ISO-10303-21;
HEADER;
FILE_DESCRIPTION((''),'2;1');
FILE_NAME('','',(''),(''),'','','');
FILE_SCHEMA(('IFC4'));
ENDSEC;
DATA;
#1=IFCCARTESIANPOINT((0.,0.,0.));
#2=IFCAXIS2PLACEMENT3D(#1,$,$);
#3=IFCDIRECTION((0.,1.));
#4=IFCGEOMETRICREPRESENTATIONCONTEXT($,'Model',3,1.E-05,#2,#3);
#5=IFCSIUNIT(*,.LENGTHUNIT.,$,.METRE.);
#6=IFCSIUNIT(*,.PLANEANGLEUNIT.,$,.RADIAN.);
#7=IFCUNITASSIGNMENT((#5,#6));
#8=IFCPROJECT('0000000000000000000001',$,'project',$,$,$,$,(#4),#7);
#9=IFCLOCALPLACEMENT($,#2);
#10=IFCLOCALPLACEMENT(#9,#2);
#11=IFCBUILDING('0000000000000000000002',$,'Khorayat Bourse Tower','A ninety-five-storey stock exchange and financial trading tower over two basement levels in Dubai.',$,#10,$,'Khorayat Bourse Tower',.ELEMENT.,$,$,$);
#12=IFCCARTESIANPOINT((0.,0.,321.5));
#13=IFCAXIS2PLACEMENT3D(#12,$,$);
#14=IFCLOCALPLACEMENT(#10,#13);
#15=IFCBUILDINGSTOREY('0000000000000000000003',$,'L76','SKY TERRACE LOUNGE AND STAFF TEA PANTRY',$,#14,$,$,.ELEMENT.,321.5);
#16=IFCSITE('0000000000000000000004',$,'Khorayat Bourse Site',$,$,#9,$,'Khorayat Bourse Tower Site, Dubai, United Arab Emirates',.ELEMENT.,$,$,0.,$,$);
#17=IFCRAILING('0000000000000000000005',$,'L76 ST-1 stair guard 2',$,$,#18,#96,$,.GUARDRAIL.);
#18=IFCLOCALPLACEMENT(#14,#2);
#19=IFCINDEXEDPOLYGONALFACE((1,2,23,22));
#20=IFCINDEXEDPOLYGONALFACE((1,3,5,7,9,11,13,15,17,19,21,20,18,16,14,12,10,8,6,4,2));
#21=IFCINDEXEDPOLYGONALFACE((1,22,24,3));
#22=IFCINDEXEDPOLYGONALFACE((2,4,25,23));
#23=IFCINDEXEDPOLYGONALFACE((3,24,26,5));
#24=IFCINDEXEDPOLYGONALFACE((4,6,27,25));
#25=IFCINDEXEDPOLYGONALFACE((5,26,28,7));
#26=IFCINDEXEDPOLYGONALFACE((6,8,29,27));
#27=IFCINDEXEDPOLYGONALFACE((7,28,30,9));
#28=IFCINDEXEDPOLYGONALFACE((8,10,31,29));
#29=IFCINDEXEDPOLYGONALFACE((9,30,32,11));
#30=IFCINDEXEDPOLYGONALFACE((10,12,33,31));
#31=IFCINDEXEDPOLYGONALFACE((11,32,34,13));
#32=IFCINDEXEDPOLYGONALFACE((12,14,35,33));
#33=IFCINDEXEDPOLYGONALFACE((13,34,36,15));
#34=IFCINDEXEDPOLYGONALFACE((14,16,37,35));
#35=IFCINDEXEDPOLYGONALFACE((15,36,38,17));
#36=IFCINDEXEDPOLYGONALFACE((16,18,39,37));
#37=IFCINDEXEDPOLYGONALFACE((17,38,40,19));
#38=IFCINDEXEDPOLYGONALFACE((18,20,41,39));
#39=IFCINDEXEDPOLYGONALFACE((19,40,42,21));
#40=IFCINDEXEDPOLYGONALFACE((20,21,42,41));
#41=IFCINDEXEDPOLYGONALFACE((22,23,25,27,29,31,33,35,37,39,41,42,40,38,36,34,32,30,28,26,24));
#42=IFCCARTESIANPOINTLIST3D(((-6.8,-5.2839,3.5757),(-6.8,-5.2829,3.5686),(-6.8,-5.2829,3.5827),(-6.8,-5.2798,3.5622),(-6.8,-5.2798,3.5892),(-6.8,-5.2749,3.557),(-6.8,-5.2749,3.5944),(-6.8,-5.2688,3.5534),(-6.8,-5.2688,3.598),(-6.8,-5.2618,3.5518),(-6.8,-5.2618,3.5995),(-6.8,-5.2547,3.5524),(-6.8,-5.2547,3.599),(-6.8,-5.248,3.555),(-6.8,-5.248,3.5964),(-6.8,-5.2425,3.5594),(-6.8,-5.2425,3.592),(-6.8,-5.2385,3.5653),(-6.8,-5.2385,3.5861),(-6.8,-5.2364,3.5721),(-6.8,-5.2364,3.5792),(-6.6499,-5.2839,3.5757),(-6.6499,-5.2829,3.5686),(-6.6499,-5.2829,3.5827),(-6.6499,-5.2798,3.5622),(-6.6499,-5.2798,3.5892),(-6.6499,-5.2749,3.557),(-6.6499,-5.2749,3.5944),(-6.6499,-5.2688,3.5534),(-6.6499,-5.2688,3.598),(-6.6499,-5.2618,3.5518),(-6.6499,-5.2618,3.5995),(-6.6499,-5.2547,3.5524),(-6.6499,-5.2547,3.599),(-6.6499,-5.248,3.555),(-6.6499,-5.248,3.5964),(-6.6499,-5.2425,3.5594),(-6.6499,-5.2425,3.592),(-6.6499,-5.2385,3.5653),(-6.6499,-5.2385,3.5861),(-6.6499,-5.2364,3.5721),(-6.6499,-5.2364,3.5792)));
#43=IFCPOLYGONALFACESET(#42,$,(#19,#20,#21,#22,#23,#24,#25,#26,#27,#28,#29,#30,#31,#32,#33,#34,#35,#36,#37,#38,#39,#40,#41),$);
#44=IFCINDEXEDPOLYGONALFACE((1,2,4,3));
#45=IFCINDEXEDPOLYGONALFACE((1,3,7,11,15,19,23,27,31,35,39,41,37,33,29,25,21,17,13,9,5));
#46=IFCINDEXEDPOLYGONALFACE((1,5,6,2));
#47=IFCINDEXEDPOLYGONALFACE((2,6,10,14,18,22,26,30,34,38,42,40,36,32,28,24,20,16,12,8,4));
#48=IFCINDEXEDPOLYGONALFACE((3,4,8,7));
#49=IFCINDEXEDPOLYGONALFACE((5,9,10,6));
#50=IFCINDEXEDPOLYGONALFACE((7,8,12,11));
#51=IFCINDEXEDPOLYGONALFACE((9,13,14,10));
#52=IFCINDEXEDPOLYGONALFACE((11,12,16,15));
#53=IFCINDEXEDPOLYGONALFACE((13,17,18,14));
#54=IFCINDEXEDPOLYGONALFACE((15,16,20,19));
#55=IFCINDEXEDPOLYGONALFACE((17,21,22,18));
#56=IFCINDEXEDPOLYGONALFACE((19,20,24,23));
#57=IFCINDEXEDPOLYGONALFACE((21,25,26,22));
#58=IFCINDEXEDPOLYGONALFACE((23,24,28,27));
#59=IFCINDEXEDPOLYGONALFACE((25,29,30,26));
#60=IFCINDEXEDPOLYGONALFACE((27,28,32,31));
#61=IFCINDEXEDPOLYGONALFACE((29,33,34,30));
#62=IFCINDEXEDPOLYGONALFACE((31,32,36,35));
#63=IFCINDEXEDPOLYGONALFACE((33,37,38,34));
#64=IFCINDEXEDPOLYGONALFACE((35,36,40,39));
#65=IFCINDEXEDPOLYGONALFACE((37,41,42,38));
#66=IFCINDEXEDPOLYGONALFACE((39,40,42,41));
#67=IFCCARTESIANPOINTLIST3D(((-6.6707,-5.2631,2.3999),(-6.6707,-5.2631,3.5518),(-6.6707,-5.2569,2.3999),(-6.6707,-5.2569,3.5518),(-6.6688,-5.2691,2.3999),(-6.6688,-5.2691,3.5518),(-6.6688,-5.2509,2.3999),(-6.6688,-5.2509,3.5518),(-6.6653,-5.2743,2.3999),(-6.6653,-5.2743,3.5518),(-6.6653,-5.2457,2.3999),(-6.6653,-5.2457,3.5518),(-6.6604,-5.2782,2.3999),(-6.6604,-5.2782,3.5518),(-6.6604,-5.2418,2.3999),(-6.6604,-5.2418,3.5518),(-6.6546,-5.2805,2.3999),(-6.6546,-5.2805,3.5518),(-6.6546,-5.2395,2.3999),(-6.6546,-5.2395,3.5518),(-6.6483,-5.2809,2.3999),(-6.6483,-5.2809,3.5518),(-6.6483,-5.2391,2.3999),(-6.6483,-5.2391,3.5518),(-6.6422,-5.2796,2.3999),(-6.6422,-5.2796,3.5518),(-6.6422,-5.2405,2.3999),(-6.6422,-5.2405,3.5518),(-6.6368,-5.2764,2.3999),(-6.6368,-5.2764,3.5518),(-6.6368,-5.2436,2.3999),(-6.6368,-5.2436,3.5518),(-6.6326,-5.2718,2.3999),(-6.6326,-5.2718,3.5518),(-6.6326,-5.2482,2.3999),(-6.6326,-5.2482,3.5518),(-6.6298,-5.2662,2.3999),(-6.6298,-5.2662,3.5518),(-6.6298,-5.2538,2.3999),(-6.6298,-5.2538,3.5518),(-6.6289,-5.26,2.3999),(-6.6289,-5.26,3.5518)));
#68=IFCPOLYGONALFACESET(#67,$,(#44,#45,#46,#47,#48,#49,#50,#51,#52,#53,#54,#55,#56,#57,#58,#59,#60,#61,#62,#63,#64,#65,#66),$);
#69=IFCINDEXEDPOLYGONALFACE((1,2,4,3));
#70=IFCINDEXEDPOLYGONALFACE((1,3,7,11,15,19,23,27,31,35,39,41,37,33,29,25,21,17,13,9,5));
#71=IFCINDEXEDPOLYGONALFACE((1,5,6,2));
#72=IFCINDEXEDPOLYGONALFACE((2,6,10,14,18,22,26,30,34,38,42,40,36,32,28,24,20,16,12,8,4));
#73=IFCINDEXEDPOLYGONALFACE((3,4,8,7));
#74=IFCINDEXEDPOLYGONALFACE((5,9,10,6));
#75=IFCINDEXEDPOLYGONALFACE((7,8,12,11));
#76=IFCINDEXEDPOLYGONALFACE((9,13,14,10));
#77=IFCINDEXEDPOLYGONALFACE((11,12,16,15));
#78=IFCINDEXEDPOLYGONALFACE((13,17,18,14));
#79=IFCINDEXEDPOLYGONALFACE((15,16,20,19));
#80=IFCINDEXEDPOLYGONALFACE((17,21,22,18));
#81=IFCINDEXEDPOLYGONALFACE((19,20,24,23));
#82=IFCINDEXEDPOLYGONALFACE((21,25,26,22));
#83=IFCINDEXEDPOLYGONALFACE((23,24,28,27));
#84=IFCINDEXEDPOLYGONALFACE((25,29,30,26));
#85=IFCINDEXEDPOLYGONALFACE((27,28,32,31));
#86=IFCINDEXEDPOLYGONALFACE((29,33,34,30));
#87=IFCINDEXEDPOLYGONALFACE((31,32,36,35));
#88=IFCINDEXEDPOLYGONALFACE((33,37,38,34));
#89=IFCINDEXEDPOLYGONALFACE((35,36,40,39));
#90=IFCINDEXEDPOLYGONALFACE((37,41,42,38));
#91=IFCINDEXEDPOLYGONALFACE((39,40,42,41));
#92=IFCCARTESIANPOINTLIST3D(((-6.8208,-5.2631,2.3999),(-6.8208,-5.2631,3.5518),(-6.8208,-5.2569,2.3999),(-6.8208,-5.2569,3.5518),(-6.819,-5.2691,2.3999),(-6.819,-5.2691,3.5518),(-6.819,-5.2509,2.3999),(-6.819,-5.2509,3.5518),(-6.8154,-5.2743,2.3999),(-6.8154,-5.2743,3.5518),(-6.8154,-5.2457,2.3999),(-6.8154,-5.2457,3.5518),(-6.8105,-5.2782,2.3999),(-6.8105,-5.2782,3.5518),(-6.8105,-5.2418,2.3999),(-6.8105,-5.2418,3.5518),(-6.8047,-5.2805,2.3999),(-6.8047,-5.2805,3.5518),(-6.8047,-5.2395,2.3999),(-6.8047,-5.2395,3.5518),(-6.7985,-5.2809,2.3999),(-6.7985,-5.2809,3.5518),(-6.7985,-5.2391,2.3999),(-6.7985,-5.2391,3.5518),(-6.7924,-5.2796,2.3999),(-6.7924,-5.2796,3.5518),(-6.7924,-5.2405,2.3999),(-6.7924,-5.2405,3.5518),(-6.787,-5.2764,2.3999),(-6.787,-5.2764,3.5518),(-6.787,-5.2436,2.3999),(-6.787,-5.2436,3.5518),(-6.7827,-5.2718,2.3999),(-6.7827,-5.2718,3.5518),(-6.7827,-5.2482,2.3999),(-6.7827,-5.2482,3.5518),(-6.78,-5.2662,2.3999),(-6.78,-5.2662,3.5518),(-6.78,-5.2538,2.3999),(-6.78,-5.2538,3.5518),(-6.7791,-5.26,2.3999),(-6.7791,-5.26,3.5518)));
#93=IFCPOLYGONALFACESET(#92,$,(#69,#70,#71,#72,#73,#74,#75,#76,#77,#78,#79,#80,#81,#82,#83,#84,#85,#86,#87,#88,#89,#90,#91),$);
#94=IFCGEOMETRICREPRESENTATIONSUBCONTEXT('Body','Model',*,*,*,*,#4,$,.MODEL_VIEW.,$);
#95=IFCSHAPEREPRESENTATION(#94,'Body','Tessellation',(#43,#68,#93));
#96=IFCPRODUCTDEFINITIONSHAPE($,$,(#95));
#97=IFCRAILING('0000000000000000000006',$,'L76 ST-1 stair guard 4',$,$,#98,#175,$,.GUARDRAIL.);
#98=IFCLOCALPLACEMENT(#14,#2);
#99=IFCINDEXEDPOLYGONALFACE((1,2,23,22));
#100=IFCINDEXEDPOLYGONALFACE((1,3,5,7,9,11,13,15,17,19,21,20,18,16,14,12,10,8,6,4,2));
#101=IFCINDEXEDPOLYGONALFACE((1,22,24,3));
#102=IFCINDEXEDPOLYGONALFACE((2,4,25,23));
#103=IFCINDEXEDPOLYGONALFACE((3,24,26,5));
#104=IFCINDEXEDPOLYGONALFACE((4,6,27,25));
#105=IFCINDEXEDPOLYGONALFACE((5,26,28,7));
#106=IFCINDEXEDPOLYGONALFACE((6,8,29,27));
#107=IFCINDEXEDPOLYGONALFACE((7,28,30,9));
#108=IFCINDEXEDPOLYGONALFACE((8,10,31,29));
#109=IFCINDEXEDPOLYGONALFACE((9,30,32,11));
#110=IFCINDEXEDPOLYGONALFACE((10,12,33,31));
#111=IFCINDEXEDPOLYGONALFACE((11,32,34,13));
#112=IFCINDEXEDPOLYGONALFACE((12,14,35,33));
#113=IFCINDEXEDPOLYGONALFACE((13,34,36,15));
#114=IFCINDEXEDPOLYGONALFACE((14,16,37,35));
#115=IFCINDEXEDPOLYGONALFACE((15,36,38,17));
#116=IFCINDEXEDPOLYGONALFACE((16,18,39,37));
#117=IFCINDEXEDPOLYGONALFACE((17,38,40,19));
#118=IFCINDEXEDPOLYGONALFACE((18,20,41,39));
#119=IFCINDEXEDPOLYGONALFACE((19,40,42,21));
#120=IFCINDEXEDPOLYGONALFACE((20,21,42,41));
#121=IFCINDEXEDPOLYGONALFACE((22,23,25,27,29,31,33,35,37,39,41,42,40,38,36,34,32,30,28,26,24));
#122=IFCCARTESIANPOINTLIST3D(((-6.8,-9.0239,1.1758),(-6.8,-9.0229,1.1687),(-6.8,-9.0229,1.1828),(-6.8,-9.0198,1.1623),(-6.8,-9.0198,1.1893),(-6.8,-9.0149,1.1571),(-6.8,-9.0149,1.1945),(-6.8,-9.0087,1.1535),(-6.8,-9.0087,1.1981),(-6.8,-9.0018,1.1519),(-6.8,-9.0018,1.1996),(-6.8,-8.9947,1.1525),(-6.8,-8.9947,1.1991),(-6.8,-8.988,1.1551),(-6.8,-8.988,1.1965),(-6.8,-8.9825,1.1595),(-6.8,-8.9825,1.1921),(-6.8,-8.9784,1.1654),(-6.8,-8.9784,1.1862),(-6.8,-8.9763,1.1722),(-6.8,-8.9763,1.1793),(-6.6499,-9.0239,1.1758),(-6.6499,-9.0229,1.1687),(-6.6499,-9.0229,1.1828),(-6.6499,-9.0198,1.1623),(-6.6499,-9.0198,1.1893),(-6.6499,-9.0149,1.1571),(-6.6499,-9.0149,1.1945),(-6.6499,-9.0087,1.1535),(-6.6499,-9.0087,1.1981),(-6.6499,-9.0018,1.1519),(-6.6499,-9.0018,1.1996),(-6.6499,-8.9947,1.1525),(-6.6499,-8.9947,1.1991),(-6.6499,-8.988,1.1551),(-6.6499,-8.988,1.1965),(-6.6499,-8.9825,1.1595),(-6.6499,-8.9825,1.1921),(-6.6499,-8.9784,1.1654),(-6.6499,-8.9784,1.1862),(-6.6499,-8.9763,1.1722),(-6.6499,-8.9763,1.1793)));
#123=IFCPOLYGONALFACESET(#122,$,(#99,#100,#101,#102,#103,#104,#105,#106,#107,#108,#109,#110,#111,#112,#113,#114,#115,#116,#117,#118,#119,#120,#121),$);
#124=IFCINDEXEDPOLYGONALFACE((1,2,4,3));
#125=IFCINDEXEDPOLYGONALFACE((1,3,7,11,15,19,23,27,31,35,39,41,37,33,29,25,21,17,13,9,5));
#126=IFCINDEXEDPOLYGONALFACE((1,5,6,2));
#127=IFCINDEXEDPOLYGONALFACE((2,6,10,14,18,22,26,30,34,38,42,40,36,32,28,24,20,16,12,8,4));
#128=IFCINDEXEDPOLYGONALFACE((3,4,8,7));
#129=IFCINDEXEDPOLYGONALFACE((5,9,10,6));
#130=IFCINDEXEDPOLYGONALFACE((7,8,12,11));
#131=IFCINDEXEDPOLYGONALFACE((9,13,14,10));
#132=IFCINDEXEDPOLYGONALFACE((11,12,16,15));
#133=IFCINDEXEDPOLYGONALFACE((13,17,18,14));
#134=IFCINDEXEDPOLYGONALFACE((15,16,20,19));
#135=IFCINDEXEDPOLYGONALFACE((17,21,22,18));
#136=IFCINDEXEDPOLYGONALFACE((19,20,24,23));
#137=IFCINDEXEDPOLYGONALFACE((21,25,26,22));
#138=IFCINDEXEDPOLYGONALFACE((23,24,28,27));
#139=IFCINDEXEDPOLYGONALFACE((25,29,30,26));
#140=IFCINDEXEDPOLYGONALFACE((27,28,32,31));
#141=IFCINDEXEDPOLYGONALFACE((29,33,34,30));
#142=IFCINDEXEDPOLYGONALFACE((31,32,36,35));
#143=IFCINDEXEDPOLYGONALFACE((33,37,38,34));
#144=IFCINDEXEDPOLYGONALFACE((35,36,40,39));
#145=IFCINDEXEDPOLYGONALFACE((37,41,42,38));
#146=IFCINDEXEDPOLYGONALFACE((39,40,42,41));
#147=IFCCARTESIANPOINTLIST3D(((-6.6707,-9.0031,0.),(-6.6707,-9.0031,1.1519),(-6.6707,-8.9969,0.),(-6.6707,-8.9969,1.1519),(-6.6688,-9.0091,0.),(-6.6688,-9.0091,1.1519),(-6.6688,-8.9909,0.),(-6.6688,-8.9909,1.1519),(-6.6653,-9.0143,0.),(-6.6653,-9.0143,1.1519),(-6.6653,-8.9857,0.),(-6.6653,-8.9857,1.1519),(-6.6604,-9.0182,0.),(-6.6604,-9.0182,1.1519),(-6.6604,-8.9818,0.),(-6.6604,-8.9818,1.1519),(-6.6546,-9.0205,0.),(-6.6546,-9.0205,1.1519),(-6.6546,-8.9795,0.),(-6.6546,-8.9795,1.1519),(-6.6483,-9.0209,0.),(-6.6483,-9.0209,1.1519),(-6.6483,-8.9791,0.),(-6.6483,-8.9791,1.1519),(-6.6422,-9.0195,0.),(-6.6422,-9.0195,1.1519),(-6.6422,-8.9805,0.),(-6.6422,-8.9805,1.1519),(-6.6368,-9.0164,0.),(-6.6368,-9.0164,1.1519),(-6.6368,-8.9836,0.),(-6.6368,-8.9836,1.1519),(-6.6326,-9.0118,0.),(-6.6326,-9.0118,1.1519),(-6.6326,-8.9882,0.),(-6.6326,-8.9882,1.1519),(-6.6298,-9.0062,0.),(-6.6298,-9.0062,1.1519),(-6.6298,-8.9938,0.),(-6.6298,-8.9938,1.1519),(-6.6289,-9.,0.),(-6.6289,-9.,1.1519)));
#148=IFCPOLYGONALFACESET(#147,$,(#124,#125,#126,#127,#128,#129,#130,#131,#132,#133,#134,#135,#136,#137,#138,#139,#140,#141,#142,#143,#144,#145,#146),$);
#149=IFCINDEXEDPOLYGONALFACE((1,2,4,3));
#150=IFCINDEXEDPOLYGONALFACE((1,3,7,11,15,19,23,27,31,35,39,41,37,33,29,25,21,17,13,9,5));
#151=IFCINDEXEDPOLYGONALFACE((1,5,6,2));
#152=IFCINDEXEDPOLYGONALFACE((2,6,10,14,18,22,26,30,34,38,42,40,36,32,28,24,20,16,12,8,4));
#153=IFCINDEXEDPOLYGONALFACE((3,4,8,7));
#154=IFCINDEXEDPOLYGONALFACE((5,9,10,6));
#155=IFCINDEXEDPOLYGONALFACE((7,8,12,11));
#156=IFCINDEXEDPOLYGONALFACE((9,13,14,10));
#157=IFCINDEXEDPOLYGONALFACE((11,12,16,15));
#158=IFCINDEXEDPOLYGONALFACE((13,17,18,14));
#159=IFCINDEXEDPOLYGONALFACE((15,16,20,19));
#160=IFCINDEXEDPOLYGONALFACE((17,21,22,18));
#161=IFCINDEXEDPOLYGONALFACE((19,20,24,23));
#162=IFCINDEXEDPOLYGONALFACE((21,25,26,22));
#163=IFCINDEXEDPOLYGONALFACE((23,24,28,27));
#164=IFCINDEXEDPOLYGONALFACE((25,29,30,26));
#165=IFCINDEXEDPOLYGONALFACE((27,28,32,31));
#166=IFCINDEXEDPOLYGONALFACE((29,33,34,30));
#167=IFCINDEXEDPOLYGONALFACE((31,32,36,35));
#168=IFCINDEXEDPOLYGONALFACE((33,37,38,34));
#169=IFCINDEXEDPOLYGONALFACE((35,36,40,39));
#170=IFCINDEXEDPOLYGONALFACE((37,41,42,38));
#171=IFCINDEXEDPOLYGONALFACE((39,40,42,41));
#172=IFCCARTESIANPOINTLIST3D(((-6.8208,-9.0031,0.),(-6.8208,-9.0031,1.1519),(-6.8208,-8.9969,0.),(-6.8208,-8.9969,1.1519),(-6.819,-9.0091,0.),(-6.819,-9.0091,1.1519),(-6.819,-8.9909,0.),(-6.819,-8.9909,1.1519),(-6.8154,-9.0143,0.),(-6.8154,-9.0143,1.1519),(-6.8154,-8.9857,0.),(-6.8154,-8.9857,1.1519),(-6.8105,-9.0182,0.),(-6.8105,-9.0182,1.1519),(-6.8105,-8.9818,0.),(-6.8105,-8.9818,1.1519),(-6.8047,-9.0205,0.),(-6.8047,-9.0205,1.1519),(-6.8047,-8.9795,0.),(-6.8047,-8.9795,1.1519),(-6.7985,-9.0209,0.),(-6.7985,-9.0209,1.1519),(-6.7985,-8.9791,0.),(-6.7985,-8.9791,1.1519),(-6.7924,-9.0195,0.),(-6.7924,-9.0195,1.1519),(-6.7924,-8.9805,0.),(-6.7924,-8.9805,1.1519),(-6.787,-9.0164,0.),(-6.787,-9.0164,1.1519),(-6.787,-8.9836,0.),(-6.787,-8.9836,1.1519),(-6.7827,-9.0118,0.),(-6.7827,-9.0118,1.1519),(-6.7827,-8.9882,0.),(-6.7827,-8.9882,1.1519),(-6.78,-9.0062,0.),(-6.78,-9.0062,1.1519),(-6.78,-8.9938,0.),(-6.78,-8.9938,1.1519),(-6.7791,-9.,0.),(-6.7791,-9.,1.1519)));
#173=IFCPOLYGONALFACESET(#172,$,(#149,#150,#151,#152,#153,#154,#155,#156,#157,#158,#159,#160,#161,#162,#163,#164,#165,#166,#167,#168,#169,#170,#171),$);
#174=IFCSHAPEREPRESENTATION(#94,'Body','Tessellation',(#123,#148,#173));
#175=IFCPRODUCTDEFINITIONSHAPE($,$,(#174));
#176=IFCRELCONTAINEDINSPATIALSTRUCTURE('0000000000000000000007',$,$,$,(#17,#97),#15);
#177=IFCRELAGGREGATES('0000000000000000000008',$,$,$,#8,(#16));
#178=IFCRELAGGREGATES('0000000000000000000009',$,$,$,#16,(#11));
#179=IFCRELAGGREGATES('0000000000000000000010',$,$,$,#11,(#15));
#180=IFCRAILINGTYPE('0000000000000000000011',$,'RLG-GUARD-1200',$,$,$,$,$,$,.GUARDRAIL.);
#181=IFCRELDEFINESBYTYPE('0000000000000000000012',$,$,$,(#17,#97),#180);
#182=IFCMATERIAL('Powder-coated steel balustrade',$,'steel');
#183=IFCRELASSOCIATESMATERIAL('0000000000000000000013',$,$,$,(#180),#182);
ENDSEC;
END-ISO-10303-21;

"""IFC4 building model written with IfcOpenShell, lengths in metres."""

from ifc_helpers import new_model, si_unit, direction, frame, origin, origin_2d, place, context, subcontext, project, spatial, circle, extrude, source, transform, mapped, material, type_object, element, save


model = new_model("IFC4")

# Units and contexts
model_context = context("Model", 3, precision=1e-05, world=origin(), true_north=direction((0.0, 1.0)))
body_context = subcontext(model_context, "Body", "Model", "MODEL_VIEW")
ifc_project = project(units=[si_unit("LENGTHUNIT", "METRE"), si_unit("PLANEANGLEUNIT", "RADIAN")], contexts=[model_context])

# Site, building, storey
site_placement = place(None, origin())
site = spatial("IfcSite", under=ifc_project, at=site_placement, Name="Khorayat Bourse Site", LongName="Khorayat Bourse Tower Site, Dubai, United Arab Emirates", CompositionType="ELEMENT", RefElevation=0.0)
building_placement = place(site_placement, origin())
building = spatial("IfcBuilding", under=site, at=building_placement, Name="Khorayat Bourse Tower", Description="A ninety-five-storey stock exchange and financial trading tower over two basement levels in Dubai.", LongName="Khorayat Bourse Tower", CompositionType="ELEMENT")
storey_placement = place(building_placement, frame((0.0, 0.0, 321.5)))
storey = spatial("IfcBuildingStorey", under=building, at=storey_placement, Name="L76", Description="SKY TERRACE LOUNGE AND STAFF TEA PANTRY", CompositionType="ELEMENT", Elevation=321.5)

# Railings
ifc_material_1 = material(Name="Powder-coated steel balustrade", Category="steel")
railing_type_1 = type_object("IfcRailingType", Name="RLG-GUARD-1200", PredefinedType="GUARDRAIL", material=ifc_material_1)
shared_shape_1 = source(origin(), body_context, "Body", "SweptSolid", [
    extrude(circle(Radius=0.0239, at=origin_2d()), frame((0.0, 0.0, 1.1758), z_axis=(-1.0, 0.0, 0.0), x_axis=(0.0, -1.0, 0.0)), (0.0, 0.0, 1.0), 0.1501),
    extrude(circle(Radius=0.021, at=origin_2d()), origin(), (0.0, 0.0, 1.0), 1.1519),
    extrude(circle(Radius=0.021, at=origin_2d()), frame((-0.1501, 0.0, 0.0)), (0.0, 0.0, 1.0), 1.1519),
])
for number, where, name in (
    (1, (-6.6499, -5.26, 2.3999), "L76 ST-1 stair guard 2"),
    (2, (-6.6499, -9.0, 0.0), "L76 ST-1 stair guard 4"),
):
    element("IfcRailing", number, at=place(storey_placement, frame(where)), inside=storey, type_object=railing_type_1, Name=name, PredefinedType="GUARDRAIL", context=body_context, shape_type="MappedRepresentation", body=[
        mapped(shared_shape_1, transform((0.0, 0.0, 0.0), scale=1.0)),
    ])

save(model, "model.ifc")
